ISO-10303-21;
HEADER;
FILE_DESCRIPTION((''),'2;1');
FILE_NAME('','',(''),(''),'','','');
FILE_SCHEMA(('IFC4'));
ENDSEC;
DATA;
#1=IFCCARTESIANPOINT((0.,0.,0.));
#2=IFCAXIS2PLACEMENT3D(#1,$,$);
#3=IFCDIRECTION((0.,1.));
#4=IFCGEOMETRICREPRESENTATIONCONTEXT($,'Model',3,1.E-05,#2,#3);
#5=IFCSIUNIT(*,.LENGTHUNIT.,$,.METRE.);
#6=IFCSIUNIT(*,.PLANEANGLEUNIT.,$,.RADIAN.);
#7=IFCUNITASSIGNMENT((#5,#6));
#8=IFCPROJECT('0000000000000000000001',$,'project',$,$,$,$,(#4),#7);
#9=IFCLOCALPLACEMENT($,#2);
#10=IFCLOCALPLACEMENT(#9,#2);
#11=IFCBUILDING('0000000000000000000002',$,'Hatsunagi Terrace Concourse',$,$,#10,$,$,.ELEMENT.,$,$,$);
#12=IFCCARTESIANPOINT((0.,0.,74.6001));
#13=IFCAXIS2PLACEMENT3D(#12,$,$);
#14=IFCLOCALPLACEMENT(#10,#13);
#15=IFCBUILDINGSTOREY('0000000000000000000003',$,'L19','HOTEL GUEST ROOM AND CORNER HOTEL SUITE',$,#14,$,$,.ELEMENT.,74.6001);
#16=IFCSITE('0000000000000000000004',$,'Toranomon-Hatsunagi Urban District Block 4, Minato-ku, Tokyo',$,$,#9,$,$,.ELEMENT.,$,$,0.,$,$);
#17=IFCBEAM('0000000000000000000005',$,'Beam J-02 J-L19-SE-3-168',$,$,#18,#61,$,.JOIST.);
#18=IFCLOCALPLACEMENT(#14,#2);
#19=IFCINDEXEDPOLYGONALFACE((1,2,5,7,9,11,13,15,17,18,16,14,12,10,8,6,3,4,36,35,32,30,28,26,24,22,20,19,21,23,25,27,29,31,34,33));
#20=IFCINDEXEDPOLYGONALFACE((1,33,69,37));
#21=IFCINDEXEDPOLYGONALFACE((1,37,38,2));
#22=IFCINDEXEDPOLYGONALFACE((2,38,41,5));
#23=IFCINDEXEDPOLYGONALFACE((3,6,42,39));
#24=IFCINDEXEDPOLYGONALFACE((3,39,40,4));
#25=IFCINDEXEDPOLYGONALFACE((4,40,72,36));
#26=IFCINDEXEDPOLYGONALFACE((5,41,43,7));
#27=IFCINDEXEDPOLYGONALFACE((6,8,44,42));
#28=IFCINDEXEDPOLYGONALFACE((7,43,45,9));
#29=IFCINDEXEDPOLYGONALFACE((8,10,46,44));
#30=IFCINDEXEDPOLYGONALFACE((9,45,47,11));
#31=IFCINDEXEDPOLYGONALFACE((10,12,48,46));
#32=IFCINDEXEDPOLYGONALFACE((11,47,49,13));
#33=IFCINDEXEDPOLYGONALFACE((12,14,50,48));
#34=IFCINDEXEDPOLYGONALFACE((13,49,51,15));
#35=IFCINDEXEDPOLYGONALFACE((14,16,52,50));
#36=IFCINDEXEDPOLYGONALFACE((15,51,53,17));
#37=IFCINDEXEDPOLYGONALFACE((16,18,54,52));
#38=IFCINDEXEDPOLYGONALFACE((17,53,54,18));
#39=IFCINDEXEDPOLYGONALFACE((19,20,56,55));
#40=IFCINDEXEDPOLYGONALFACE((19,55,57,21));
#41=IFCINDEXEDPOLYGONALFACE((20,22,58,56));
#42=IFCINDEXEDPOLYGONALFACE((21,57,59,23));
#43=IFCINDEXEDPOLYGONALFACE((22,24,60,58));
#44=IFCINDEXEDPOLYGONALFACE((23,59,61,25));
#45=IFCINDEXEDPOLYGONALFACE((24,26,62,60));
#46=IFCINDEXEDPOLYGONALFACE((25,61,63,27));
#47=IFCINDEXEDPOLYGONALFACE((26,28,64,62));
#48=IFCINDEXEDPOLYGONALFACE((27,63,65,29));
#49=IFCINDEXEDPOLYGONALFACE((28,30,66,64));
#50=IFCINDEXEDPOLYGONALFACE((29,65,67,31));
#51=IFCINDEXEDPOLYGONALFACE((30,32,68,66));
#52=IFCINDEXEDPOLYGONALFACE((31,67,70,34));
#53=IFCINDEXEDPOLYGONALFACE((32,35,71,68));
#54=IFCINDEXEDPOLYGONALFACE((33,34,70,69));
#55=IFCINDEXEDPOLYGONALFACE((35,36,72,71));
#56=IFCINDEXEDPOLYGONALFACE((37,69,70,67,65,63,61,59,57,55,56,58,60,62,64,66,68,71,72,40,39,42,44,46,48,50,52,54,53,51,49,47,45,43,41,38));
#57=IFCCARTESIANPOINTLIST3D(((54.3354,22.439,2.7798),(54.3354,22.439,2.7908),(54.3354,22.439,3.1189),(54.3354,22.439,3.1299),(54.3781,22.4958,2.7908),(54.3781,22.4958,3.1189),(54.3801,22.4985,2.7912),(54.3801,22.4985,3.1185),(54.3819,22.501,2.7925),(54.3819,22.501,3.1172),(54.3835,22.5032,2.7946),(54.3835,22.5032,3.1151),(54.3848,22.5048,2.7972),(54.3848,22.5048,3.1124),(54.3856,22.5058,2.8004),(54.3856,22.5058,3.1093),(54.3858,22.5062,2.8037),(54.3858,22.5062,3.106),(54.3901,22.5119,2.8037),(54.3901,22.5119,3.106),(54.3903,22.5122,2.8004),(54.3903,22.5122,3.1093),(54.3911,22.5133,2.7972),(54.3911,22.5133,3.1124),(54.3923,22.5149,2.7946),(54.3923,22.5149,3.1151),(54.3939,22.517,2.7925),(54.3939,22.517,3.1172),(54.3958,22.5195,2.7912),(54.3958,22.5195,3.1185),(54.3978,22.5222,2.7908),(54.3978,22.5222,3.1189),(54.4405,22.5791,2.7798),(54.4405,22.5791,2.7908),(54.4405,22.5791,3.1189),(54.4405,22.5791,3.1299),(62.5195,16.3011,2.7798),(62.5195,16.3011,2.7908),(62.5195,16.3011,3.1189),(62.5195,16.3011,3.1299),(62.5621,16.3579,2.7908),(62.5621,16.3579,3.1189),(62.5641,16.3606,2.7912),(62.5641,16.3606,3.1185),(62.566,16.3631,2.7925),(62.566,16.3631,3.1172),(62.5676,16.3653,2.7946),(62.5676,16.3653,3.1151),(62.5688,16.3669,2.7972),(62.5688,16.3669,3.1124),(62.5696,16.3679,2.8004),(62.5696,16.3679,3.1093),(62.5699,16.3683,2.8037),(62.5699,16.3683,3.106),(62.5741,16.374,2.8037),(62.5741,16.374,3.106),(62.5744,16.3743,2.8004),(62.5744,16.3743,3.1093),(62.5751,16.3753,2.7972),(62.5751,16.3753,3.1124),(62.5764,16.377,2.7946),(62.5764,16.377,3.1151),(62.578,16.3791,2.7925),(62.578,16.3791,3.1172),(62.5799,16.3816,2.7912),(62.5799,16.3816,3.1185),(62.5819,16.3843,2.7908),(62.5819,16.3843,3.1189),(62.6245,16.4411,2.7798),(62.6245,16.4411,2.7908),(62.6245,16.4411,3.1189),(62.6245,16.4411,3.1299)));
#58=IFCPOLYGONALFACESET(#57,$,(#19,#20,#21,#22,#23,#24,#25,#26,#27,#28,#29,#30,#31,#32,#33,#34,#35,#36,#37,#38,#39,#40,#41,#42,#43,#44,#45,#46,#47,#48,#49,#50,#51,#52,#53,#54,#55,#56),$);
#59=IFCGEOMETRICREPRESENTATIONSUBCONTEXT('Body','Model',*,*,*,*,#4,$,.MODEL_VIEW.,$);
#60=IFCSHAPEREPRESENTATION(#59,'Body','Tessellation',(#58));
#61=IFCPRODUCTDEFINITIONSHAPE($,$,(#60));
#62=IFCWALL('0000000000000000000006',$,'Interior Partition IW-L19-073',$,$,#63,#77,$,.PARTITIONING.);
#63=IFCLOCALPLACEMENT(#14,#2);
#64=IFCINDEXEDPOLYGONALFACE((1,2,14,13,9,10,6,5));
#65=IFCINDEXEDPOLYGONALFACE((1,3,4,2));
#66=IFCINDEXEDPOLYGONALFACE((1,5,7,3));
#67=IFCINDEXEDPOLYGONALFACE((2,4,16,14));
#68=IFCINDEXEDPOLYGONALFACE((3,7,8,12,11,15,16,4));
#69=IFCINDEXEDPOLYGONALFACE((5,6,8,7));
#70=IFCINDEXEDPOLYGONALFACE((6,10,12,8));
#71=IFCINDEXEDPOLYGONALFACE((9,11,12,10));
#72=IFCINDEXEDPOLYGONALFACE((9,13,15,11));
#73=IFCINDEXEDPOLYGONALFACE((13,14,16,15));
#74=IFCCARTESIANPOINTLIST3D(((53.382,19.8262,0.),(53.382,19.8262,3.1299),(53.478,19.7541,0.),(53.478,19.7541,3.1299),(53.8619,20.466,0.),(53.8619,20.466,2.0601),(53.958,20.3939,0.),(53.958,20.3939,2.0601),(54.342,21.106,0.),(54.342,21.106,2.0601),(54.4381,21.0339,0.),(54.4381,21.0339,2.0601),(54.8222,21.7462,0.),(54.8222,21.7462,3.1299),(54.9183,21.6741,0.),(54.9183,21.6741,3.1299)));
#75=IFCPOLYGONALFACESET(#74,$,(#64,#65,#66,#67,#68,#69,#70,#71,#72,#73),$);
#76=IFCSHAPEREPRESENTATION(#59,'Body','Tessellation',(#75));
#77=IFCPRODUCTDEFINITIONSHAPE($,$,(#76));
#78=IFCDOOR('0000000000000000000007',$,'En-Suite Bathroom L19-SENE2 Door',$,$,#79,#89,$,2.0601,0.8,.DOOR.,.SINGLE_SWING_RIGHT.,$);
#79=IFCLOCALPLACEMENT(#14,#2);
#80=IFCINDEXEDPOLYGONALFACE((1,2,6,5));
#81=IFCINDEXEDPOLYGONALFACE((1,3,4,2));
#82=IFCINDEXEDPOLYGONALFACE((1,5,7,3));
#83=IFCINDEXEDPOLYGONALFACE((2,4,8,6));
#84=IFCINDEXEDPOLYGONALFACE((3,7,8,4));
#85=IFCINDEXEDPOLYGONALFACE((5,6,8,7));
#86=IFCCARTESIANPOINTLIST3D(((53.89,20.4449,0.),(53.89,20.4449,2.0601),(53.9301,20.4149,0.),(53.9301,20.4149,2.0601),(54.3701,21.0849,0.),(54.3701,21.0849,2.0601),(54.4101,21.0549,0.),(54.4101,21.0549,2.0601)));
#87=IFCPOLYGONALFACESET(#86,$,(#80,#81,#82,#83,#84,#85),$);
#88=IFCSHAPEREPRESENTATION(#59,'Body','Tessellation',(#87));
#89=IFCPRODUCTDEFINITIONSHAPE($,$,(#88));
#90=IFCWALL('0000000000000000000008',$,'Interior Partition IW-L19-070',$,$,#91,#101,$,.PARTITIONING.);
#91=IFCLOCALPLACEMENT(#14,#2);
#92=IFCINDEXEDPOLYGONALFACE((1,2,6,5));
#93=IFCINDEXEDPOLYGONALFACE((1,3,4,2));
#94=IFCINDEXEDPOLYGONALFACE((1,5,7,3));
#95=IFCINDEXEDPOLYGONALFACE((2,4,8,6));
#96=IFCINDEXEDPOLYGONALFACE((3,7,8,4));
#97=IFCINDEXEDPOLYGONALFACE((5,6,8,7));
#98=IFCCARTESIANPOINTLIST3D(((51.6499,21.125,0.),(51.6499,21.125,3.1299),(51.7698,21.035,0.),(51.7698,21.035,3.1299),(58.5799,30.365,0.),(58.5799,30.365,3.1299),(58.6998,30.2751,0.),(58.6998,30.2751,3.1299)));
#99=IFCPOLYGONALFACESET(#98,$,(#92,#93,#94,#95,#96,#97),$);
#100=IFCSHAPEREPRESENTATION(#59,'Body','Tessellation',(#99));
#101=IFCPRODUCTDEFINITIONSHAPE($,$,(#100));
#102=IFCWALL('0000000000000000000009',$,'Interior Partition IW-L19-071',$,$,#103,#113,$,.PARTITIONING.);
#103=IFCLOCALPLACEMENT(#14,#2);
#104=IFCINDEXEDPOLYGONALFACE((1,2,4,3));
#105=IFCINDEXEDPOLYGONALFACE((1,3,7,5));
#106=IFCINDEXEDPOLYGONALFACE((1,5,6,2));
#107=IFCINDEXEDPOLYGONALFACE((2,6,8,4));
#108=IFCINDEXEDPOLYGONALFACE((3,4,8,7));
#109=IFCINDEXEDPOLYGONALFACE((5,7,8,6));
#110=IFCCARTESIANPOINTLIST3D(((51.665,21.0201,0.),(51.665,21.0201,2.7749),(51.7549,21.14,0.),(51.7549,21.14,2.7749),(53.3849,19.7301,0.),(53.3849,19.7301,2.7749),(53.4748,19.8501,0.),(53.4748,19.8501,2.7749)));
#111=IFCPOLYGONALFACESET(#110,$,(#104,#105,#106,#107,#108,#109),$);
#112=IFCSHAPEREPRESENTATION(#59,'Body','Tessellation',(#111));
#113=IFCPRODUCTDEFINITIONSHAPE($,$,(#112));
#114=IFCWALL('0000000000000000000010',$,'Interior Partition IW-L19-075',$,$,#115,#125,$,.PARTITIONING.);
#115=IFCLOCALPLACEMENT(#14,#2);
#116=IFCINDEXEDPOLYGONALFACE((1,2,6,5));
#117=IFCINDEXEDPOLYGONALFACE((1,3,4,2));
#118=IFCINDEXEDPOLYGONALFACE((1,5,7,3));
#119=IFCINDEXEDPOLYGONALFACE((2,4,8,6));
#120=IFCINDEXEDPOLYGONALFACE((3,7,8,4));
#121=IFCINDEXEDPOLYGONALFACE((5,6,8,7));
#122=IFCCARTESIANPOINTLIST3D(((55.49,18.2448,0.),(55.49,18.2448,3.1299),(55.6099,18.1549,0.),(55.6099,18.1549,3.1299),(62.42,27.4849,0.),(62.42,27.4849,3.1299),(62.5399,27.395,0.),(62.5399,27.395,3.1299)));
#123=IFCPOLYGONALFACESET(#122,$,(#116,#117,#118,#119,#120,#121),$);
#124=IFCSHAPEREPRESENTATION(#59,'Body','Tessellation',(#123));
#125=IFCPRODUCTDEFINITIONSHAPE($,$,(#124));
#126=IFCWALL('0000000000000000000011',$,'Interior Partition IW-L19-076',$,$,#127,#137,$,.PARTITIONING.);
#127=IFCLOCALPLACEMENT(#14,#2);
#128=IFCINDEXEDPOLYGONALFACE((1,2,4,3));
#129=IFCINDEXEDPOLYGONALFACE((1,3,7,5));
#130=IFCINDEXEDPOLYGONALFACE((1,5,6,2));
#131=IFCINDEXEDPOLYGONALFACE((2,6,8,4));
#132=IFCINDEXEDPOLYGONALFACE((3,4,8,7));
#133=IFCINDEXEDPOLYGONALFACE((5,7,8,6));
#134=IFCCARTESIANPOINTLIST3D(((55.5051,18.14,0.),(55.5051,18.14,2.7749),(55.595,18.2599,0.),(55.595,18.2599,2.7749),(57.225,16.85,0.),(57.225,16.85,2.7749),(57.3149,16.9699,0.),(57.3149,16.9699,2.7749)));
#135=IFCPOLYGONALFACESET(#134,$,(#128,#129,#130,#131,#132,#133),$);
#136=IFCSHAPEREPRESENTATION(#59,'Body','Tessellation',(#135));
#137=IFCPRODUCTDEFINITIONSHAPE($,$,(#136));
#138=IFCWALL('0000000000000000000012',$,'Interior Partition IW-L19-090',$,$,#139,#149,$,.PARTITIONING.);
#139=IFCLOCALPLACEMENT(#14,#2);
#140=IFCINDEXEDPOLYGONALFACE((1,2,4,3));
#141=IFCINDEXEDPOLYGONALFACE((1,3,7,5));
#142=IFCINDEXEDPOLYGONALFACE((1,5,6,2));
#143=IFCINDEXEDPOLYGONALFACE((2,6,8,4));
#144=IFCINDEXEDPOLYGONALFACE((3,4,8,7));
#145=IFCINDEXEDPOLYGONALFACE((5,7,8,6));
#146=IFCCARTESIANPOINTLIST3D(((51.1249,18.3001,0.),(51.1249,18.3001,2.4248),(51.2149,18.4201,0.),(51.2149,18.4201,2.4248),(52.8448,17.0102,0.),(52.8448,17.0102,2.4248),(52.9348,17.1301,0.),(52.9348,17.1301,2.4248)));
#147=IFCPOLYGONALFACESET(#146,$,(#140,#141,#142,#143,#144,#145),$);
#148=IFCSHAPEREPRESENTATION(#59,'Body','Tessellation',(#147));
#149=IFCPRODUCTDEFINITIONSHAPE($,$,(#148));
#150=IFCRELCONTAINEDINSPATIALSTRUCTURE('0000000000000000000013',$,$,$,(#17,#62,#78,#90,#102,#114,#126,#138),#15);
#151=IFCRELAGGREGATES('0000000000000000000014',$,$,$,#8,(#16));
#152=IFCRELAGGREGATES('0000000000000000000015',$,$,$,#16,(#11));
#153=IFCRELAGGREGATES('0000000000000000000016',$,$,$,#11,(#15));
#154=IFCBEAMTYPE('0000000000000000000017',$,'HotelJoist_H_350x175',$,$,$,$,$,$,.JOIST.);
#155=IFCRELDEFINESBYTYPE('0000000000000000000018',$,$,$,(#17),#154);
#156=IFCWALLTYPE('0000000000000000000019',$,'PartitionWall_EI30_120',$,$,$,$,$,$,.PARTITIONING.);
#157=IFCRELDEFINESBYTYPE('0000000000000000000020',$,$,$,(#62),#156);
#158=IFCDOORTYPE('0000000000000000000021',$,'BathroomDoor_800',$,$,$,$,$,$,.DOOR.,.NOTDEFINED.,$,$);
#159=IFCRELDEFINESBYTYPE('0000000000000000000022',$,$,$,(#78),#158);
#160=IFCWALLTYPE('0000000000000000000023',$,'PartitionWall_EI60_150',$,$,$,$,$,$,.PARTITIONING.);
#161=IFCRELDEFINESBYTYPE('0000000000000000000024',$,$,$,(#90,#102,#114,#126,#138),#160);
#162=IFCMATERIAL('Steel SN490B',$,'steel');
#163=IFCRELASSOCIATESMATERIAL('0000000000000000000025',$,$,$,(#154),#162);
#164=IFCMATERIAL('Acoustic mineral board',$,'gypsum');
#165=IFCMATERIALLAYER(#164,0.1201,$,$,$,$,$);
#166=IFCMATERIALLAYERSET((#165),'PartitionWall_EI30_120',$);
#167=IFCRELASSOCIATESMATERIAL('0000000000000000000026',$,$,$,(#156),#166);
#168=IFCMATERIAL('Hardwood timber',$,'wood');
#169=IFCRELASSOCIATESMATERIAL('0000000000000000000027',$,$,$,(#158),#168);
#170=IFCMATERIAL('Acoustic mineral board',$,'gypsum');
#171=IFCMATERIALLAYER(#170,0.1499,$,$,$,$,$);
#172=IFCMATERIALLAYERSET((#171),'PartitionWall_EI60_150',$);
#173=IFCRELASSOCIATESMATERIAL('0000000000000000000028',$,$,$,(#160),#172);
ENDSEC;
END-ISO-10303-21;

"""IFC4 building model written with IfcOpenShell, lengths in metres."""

from ifc_helpers import new_model, si_unit, direction, frame, frame_2d, origin, origin_2d, place, context, subcontext, project, spatial, rectangle, i_section, extrude, material, layer, layer_set, material_profile, profile_set, type_object, element, fill, save


model = new_model("IFC4")

# Units and contexts
model_context = context("Model", 3, precision=1e-05, world=origin(), true_north=direction((0.0, 1.0)))
body_context = subcontext(model_context, "Body", "Model", "MODEL_VIEW")
ifc_project = project(units=[si_unit("LENGTHUNIT", "METRE"), si_unit("PLANEANGLEUNIT", "RADIAN")], contexts=[model_context])

# Site, building, storey
site_placement = place(None, origin())
site = spatial("IfcSite", under=ifc_project, at=site_placement, Name="Toranomon-Hatsunagi Urban District Block 4, Minato-ku, Tokyo", CompositionType="ELEMENT", RefElevation=0.0)
building_placement = place(site_placement, origin())
building = spatial("IfcBuilding", under=site, at=building_placement, Name="Hatsunagi Terrace Concourse", CompositionType="ELEMENT")
storey_placement = place(building_placement, frame((0.0, 0.0, 74.6001)))
storey = spatial("IfcBuildingStorey", under=building, at=storey_placement, Name="L19", Description="HOTEL GUEST ROOM AND CORNER HOTEL SUITE", CompositionType="ELEMENT", Elevation=74.6001)

# Beam
ifc_material_1 = material(Name="Steel SN490B", Category="steel")
ifc_material_profile_1 = material_profile(ifc_material_1, i_section(OverallWidth=0.175, OverallDepth=0.3501, WebThickness=0.0071, FlangeThickness=0.011, FilletRadius=0.0129, at=origin_2d()), Name="H-350x175x7x11")
ifc_profile_set_1 = profile_set([ifc_material_profile_1], Name="Steel SN490B")
beam_type_1 = type_object("IfcBeamType", Name="HotelJoist_H_350x175", PredefinedType="JOIST", material=ifc_profile_set_1)
for number, where, z_axis, x_axis, name in (
    (1, (54.3879, 22.509, 2.9548), (0.800006, -0.599992, 0.0), (0.599992, 0.800006, 0.0), "Beam J-02 J-L19-SE-3-168"),
):
    element("IfcBeam", number, at=place(storey_placement, frame(where, z_axis=z_axis, x_axis=x_axis)), inside=storey, type_object=beam_type_1, Name=name, PredefinedType="JOIST", context=body_context, shape_type="SweptSolid", body=[
        extrude(i_section(OverallWidth=0.175, OverallDepth=0.3501, WebThickness=0.0071, FlangeThickness=0.011, FilletRadius=0.0129, at=origin_2d()), origin(), (0.0, 0.0, 1.0), 10.23),
    ])

# Wall, opening, door
ifc_material_2 = material(Name="Acoustic mineral board", Category="gypsum")
ifc_layer_1 = layer(ifc_material_2, 0.1201)
ifc_layer_set_1 = layer_set([ifc_layer_1], Name="PartitionWall_EI30_120")
wall_type_1 = type_object("IfcWallType", Name="PartitionWall_EI30_120", PredefinedType="PARTITIONING", material=ifc_layer_set_1)
wall_1_placement = place(storey_placement, frame((53.4299, 19.79, 0.0), z_axis=(0.0, 0.0, 1.0), x_axis=(0.600065, 0.799951, 0.0)))
wall_1 = element("IfcWall", 2, at=wall_1_placement, inside=storey, type_object=wall_type_1, Name="Interior Partition IW-L19-073", PredefinedType="PARTITIONING", context=body_context, shape_type="SweptSolid", body=[
    extrude(rectangle(XDim=2.4001, YDim=0.1201, at=frame_2d((1.2002, 0.0))), origin(), (0.0, 0.0, 1.0), 3.1299),
])
opening_1_placement = place(wall_1_placement, frame((0.8, 0.0, 0.0)))
opening_1 = element("IfcOpeningElement", 3, at=opening_1_placement, cuts=wall_1, PredefinedType="OPENING", context=body_context, shape_type="SweptSolid", body=[
    extrude(rectangle(XDim=0.8, YDim=2.0601, at=frame_2d((0.3999, 1.03))), frame((0.0, 0.0701, 0.0), z_axis=(0.0, -1.0, 0.0), x_axis=(1.0, 0.0, 0.0)), (0.0, 0.0, 1.0), 0.1401),
])
ifc_material_3 = material(Name="Hardwood timber", Category="wood")
door_type_1 = type_object("IfcDoorType", Name="BathroomDoor_800", OperationType="NOTDEFINED", PredefinedType="DOOR", material=ifc_material_3)
door_1_placement = place(opening_1_placement, origin())
door_1 = element("IfcDoor", 4, at=door_1_placement, inside=storey, type_object=door_type_1, Name="En-Suite Bathroom L19-SENE2 Door", OperationType="SINGLE_SWING_RIGHT", OverallHeight=2.0601, OverallWidth=0.8, PredefinedType="DOOR", context=body_context, shape_type="SweptSolid", body=[
    extrude(rectangle(XDim=0.8, YDim=2.0601, at=frame_2d((0.3999, 1.03))), frame((0.0, 0.0249, 0.0), z_axis=(0.0, -1.0, 0.0), x_axis=(1.0, 0.0, 0.0)), (0.0, 0.0, 1.0), 0.05),
])
fill(opening_1, door_1)

# Walls
ifc_material_4 = material(Name="Acoustic mineral board", Category="gypsum")
ifc_layer_2 = layer(ifc_material_4, 0.1499)
ifc_layer_set_2 = layer_set([ifc_layer_2], Name="PartitionWall_EI60_150")
wall_type_2 = type_object("IfcWallType", Name="PartitionWall_EI60_150", PredefinedType="PARTITIONING", material=ifc_layer_set_2)
wall_2_placement = place(storey_placement, frame((51.71, 21.0801, 0.0), z_axis=(0.0, 0.0, 1.0), x_axis=(0.599997, 0.800003, 0.0)))
element("IfcWall", 5, at=wall_2_placement, inside=storey, type_object=wall_type_2, Name="Interior Partition IW-L19-070", PredefinedType="PARTITIONING", context=body_context, shape_type="SweptSolid", body=[
    extrude(rectangle(XDim=11.55, YDim=0.1499, at=frame_2d((5.7749, 0.0))), origin(), (0.0, 0.0, 1.0), 3.1299),
])
wall_3_placement = place(storey_placement, frame((51.71, 21.0801, 0.0), z_axis=(0.0, 0.0, 1.0), x_axis=(0.799986, -0.600018, 0.0)))
element("IfcWall", 6, at=wall_3_placement, inside=storey, type_object=wall_type_2, Name="Interior Partition IW-L19-071", PredefinedType="PARTITIONING", context=body_context, shape_type="SweptSolid", body=[
    extrude(rectangle(XDim=2.1499, YDim=0.1499, at=frame_2d((1.075, 0.0))), origin(), (0.0, 0.0, 1.0), 2.7749),
])

# Walls
wall_4_placement = place(storey_placement, frame((55.55, 18.2, 0.0), z_axis=(0.0, 0.0, 1.0), x_axis=(0.599997, 0.800003, 0.0)))
element("IfcWall", 7, at=wall_4_placement, inside=storey, type_object=wall_type_2, Name="Interior Partition IW-L19-075", PredefinedType="PARTITIONING", context=body_context, shape_type="SweptSolid", body=[
    extrude(rectangle(XDim=11.55, YDim=0.1499, at=frame_2d((5.7749, 0.0))), origin(), (0.0, 0.0, 1.0), 3.1299),
])
wall_5_placement = place(storey_placement, frame((55.55, 18.2, 0.0), z_axis=(0.0, 0.0, 1.0), x_axis=(0.799986, -0.600018, 0.0)))
element("IfcWall", 8, at=wall_5_placement, inside=storey, type_object=wall_type_2, Name="Interior Partition IW-L19-076", PredefinedType="PARTITIONING", context=body_context, shape_type="SweptSolid", body=[
    extrude(rectangle(XDim=2.1499, YDim=0.1499, at=frame_2d((1.075, 0.0))), origin(), (0.0, 0.0, 1.0), 2.7749),
])
wall_6_placement = place(storey_placement, frame((51.1699, 18.3601, 0.0), z_axis=(0.0, 0.0, 1.0), x_axis=(0.799986, -0.600018, 0.0)))
element("IfcWall", 9, at=wall_6_placement, inside=storey, type_object=wall_type_2, Name="Interior Partition IW-L19-090", PredefinedType="PARTITIONING", context=body_context, shape_type="SweptSolid", body=[
    extrude(rectangle(XDim=2.1499, YDim=0.1499, at=frame_2d((1.075, 0.0))), origin(), (0.0, 0.0, 1.0), 2.4248),
])

save(model, "model.ifc")
